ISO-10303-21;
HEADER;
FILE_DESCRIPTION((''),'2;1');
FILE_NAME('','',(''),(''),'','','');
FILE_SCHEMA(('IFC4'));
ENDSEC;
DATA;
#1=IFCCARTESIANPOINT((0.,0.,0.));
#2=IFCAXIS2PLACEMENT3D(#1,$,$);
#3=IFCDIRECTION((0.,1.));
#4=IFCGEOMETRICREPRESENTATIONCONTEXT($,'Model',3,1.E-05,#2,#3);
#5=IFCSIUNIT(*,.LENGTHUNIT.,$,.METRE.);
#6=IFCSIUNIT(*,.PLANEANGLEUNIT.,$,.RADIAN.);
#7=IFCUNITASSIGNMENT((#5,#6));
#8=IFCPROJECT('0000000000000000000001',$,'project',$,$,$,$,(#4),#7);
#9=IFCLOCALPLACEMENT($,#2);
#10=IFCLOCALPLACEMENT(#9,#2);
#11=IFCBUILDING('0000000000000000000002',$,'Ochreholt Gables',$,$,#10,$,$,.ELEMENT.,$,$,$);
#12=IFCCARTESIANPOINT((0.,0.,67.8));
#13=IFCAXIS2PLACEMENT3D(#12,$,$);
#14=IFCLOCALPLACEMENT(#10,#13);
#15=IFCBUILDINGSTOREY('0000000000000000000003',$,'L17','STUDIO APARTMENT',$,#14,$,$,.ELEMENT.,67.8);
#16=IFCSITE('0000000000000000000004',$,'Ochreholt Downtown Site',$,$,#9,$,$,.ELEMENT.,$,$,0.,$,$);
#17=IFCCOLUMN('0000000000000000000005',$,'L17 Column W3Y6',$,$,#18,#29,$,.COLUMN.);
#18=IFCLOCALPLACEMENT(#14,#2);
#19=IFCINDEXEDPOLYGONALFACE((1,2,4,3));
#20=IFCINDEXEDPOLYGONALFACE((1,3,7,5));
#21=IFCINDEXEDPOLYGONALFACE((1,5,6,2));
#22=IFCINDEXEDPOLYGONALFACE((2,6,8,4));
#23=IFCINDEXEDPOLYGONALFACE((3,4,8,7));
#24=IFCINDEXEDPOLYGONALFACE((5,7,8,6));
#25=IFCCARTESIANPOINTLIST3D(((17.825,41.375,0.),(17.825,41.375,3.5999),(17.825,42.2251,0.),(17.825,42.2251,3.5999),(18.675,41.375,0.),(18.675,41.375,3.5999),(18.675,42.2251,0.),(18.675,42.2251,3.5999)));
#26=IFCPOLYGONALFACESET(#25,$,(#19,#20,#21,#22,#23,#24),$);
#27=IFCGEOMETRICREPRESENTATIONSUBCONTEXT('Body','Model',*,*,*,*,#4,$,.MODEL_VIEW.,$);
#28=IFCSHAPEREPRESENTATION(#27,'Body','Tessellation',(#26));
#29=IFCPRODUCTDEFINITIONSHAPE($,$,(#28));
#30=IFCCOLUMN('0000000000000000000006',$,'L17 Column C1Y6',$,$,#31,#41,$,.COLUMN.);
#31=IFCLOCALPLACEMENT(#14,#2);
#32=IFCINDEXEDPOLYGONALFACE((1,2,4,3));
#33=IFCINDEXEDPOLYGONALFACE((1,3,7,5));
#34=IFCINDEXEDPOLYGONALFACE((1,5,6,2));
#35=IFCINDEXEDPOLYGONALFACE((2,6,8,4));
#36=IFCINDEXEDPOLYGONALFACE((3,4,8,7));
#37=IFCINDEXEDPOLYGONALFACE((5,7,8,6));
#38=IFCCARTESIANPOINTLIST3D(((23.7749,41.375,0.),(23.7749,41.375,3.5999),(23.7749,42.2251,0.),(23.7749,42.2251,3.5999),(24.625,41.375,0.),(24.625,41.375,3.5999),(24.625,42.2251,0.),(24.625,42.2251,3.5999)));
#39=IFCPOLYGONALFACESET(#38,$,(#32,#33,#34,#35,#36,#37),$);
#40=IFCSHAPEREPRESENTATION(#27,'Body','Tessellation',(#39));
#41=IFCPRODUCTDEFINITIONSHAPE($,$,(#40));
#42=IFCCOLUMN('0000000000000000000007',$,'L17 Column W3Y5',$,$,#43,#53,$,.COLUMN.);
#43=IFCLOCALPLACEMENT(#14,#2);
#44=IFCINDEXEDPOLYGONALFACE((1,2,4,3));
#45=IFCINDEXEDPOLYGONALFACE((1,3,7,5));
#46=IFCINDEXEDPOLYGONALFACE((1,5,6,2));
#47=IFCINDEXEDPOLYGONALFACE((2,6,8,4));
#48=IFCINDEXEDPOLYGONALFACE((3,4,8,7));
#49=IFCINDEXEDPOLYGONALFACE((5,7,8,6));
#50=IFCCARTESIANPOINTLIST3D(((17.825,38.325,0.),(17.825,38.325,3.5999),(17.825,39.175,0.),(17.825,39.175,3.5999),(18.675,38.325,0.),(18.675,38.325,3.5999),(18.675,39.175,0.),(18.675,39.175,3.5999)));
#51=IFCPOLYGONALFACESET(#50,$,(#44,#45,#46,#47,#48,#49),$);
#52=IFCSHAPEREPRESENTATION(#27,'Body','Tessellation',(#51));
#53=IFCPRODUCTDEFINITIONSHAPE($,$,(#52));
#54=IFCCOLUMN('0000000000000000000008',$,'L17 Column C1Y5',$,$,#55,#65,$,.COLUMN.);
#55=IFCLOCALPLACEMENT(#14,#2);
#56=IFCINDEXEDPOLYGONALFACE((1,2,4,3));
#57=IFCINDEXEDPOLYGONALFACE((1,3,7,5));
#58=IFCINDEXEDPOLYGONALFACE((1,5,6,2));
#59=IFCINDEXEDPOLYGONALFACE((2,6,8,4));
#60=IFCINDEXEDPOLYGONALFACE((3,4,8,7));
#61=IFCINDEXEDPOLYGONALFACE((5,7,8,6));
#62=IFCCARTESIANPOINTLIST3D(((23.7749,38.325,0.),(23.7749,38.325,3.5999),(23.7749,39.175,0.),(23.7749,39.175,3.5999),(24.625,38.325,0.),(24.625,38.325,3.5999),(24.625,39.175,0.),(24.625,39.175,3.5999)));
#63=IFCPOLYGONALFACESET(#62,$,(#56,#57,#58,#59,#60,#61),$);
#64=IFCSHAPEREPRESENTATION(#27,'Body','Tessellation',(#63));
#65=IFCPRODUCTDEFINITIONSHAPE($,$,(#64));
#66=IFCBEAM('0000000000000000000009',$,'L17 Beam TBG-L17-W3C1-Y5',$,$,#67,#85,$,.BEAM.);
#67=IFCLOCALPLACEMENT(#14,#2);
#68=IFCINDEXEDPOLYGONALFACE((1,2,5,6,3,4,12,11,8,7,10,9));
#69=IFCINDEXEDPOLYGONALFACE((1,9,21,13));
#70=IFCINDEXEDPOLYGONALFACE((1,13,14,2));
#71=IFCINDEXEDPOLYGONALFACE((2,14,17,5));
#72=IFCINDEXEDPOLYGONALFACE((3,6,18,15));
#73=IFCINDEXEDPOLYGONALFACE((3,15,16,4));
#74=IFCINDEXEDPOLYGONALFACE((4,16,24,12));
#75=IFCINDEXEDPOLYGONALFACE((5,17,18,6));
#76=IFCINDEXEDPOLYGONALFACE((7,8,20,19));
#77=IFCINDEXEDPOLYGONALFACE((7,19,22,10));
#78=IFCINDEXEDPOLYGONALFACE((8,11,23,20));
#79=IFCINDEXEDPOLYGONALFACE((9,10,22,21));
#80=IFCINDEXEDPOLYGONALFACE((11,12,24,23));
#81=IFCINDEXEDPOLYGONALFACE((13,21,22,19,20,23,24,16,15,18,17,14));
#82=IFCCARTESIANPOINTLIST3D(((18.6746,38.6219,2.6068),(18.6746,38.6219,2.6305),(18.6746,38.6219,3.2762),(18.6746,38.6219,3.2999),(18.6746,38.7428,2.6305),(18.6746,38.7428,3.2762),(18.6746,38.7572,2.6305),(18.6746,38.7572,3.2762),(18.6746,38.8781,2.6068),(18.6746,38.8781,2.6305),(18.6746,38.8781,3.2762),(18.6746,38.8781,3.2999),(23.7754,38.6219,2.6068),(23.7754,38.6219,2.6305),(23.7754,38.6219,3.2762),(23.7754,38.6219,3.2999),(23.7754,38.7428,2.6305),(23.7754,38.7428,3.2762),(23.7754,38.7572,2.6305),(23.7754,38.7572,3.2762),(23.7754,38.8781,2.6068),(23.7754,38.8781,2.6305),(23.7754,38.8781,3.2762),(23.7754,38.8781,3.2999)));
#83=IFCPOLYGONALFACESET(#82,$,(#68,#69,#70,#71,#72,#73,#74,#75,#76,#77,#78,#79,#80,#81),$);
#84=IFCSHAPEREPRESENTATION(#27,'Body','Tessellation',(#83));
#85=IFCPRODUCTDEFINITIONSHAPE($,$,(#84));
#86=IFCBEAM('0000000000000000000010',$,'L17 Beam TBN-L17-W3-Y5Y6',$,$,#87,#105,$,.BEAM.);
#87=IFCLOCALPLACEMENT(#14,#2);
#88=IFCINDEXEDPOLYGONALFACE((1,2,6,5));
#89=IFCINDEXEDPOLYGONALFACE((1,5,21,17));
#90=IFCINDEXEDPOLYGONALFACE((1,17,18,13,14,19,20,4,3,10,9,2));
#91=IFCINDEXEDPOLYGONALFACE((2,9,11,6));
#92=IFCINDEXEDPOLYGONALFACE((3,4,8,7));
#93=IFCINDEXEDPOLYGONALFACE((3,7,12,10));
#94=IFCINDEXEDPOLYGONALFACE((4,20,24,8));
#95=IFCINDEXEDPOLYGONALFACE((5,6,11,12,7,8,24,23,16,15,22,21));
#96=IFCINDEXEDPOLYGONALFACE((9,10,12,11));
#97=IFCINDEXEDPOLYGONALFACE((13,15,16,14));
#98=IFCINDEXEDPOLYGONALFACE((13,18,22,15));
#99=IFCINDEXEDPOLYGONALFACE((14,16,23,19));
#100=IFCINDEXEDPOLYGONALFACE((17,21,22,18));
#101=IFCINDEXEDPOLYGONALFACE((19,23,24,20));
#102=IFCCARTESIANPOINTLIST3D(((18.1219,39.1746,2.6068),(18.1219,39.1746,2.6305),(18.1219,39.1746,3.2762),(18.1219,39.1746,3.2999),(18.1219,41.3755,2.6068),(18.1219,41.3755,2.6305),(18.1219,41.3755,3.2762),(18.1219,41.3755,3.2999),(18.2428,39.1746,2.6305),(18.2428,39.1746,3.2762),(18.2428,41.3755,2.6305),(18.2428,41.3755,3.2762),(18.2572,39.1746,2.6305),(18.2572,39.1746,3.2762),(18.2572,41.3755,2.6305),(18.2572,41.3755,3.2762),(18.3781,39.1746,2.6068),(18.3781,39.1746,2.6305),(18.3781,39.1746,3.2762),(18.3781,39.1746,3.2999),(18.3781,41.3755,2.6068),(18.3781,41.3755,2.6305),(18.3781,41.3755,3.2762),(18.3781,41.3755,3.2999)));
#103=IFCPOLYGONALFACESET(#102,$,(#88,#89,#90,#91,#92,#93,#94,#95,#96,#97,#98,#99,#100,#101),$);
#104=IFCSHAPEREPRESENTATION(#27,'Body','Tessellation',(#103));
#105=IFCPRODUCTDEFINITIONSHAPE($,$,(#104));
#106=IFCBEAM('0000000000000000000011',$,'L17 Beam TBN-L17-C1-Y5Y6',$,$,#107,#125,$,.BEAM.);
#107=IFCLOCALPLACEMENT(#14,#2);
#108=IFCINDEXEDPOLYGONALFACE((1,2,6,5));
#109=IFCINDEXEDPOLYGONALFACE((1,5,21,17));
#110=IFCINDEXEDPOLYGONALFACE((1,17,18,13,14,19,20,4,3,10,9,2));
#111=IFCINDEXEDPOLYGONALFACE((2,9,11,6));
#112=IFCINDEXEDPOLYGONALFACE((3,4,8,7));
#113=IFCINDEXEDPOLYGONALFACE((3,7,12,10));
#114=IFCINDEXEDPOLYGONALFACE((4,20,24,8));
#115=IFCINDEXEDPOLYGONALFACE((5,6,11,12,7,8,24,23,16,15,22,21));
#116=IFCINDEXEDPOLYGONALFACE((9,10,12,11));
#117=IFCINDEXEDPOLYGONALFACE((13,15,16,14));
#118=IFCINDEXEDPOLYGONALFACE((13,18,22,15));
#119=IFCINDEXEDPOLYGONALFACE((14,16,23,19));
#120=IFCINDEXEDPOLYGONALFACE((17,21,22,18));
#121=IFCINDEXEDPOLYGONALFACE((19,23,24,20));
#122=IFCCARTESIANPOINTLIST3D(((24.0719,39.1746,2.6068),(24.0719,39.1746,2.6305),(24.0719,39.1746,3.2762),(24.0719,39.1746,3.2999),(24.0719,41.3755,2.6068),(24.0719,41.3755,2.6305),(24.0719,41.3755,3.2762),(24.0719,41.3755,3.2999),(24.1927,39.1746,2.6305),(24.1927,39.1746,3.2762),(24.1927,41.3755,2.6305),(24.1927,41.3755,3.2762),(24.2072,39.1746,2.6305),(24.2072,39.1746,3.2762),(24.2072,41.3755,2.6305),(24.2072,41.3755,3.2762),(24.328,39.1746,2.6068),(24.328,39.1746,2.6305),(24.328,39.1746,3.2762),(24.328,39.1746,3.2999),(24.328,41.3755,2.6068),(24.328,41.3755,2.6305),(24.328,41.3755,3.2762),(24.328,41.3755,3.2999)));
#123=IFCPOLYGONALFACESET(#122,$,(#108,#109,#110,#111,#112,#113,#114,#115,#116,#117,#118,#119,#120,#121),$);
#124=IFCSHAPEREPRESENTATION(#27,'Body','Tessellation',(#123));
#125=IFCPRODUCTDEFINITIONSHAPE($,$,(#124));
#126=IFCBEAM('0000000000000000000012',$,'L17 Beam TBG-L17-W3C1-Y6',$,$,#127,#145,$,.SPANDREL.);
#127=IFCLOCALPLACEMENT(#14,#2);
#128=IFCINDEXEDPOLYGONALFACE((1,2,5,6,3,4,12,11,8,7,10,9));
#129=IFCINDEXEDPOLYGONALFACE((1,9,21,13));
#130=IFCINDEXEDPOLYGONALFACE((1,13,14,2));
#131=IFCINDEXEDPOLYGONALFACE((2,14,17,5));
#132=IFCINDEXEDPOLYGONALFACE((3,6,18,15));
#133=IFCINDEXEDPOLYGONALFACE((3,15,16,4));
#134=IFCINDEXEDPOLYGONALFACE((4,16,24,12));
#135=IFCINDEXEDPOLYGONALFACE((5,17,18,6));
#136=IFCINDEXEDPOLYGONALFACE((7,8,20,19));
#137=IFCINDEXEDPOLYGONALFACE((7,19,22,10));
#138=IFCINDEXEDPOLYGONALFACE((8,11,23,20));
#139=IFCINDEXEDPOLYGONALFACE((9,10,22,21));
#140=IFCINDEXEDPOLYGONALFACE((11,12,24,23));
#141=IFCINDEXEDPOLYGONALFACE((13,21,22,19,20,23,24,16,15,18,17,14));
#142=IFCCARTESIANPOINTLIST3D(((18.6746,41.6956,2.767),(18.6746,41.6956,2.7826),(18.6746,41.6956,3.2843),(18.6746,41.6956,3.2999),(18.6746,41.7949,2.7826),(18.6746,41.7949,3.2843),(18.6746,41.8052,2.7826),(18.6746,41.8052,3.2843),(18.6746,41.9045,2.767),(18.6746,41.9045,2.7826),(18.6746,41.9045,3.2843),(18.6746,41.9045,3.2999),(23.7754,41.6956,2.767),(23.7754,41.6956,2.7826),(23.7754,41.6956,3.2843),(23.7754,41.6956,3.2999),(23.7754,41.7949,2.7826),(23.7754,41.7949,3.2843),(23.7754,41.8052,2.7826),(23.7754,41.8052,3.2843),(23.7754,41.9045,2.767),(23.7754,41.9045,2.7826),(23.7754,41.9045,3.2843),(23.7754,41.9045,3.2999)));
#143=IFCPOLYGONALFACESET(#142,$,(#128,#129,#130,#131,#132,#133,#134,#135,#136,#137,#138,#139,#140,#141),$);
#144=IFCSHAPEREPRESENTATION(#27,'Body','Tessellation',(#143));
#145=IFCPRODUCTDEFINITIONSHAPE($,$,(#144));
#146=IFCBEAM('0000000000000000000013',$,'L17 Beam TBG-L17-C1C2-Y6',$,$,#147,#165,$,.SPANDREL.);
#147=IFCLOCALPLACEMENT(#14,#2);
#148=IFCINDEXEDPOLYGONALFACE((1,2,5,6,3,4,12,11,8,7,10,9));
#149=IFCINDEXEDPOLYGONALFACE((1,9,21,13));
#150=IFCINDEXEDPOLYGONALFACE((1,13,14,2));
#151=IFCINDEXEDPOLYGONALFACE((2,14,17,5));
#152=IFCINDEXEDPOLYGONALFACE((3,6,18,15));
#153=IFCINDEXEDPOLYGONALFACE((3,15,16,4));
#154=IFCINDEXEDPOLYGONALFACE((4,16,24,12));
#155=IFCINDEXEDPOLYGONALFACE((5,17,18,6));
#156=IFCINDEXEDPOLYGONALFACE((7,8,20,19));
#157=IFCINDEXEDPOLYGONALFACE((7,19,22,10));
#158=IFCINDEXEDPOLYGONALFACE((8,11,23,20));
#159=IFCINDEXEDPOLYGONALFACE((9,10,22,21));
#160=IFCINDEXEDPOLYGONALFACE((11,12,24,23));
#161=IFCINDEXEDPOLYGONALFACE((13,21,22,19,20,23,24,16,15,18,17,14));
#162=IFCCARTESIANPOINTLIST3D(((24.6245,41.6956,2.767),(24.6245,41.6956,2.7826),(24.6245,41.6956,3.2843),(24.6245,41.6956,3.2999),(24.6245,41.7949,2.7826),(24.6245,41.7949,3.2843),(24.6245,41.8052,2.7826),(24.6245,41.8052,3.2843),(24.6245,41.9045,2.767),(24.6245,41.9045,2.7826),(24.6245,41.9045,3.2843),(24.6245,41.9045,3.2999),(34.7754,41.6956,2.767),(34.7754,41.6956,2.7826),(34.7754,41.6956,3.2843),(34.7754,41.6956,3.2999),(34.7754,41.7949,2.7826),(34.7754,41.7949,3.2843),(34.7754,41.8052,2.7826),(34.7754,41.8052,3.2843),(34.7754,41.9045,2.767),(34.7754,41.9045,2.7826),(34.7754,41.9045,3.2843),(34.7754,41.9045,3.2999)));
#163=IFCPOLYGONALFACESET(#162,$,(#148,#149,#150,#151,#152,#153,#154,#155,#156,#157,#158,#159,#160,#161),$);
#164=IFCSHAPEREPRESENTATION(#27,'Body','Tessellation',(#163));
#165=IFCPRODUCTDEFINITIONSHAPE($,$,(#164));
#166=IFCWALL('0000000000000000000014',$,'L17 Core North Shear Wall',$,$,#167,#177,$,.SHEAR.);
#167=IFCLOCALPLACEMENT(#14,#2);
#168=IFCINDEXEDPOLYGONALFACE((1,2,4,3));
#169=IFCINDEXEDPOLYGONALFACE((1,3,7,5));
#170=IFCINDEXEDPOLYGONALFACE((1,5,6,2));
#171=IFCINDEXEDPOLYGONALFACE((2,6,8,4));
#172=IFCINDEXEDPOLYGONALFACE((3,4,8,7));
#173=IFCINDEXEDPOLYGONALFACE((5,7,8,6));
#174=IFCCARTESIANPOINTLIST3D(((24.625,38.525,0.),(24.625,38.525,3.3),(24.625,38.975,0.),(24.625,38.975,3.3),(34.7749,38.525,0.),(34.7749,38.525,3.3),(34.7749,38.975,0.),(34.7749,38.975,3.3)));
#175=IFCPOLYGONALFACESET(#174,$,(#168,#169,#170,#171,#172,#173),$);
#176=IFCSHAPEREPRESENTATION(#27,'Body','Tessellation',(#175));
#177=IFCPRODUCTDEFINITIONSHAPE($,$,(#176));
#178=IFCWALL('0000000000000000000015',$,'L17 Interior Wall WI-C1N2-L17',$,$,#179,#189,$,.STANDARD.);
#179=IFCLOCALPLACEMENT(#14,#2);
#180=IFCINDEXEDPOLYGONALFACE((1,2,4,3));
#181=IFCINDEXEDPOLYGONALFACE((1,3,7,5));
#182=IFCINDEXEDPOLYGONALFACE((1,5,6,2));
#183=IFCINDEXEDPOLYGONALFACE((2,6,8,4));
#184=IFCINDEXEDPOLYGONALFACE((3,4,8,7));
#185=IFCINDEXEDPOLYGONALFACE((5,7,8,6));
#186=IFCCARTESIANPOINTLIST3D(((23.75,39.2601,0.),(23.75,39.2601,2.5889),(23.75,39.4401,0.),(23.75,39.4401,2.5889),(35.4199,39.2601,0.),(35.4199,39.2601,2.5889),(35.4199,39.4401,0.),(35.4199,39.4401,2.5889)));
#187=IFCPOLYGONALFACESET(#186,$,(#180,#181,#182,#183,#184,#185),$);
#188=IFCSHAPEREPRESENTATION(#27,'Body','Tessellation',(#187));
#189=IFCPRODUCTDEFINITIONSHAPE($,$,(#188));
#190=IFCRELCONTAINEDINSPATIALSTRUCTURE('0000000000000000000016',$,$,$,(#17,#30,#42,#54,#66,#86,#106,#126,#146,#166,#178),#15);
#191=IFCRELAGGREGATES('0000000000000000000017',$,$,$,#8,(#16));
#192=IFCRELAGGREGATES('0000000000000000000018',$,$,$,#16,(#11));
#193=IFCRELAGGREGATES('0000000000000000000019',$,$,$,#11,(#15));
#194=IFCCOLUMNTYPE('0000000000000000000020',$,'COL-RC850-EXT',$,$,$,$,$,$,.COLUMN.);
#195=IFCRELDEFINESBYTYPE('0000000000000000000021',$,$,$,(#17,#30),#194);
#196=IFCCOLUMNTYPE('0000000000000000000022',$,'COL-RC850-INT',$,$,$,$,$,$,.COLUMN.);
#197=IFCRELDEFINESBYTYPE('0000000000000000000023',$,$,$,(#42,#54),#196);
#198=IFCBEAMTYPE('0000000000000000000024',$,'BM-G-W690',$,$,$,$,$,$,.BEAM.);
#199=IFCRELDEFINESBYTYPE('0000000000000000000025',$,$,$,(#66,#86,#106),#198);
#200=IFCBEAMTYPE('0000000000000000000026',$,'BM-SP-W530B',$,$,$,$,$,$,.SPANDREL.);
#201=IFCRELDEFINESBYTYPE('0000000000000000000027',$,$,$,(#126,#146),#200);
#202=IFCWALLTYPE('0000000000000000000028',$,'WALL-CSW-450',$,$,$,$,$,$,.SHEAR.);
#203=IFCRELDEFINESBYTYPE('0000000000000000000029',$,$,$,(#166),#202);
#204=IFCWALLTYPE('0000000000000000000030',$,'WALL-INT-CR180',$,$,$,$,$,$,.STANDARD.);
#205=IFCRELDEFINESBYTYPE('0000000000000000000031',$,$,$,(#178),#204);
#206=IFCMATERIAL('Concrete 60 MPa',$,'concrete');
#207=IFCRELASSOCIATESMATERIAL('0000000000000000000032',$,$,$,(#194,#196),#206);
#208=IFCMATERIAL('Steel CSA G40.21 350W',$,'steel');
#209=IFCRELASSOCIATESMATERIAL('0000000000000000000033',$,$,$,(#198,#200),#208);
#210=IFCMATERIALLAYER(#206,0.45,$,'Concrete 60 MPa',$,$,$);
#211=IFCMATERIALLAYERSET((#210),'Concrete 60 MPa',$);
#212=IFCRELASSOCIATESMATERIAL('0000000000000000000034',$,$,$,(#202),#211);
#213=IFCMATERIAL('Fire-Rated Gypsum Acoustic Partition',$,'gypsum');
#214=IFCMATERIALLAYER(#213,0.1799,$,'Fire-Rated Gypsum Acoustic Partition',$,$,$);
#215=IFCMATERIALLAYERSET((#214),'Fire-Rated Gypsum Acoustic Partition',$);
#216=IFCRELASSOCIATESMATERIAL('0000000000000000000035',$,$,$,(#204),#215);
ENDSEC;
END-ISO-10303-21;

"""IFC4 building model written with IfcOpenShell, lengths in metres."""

from ifc_helpers import new_model, si_unit, direction, frame, frame_2d, origin, origin_2d, place, context, subcontext, project, spatial, rectangle, i_section, extrude, material, layer, layer_set, material_profile, profile_set, type_object, element, save


model = new_model("IFC4")

# Units and contexts
model_context = context("Model", 3, precision=1e-05, world=origin(), true_north=direction((0.0, 1.0)))
body_context = subcontext(model_context, "Body", "Model", "MODEL_VIEW")
ifc_project = project(units=[si_unit("LENGTHUNIT", "METRE"), si_unit("PLANEANGLEUNIT", "RADIAN")], contexts=[model_context])

# Site, building, storey
site_placement = place(None, origin())
site = spatial("IfcSite", under=ifc_project, at=site_placement, Name="Ochreholt Downtown Site", CompositionType="ELEMENT", RefElevation=0.0)
building_placement = place(site_placement, origin())
building = spatial("IfcBuilding", under=site, at=building_placement, Name="Ochreholt Gables", CompositionType="ELEMENT")
storey_placement = place(building_placement, frame((0.0, 0.0, 67.8)))
storey = spatial("IfcBuildingStorey", under=building, at=storey_placement, Name="L17", Description="STUDIO APARTMENT", CompositionType="ELEMENT", Elevation=67.8)

# Columns
ifc_material_1 = material(Name="Concrete 60 MPa", Category="concrete")
ifc_material_profile_1 = material_profile(ifc_material_1, rectangle(XDim=0.8501, YDim=0.8501, at=origin_2d()), Name="RC850X850")
ifc_profile_set_1 = profile_set([ifc_material_profile_1], Name="Concrete 60 MPa")
column_type_1 = type_object("IfcColumnType", Name="COL-RC850-EXT", PredefinedType="COLUMN", material=ifc_profile_set_1)
for number, where, z_axis, x_axis, name in (
    (1, (18.25, 41.8, 0.0), (0.0, 0.0, 1.0), (1.0, 0.0, 0.0), "L17 Column W3Y6"),
    (2, (24.2, 41.8, 0.0), (0.0, 0.0, 1.0), (1.0, 0.0, 0.0), "L17 Column C1Y6"),
):
    element("IfcColumn", number, at=place(storey_placement, frame(where, z_axis=z_axis, x_axis=x_axis)), inside=storey, type_object=column_type_1, Name=name, PredefinedType="COLUMN", context=body_context, shape_type="SweptSolid", body=[
        extrude(rectangle(XDim=0.8501, YDim=0.8501, at=origin_2d()), origin(), (0.0, 0.0, 1.0), 3.5999),
    ])
ifc_material_profile_2 = material_profile(ifc_material_1, rectangle(XDim=0.8501, YDim=0.8501, at=origin_2d()), Name="RC850X850")
ifc_profile_set_2 = profile_set([ifc_material_profile_2], Name="Concrete 60 MPa")
column_type_2 = type_object("IfcColumnType", Name="COL-RC850-INT", PredefinedType="COLUMN", material=ifc_profile_set_2)
for number, where, z_axis, x_axis, name in (
    (3, (18.25, 38.75, 0.0), (0.0, 0.0, 1.0), (1.0, 0.0, 0.0), "L17 Column W3Y5"),
    (4, (24.2, 38.75, 0.0), (0.0, 0.0, 1.0), (1.0, 0.0, 0.0), "L17 Column C1Y5"),
):
    element("IfcColumn", number, at=place(storey_placement, frame(where, z_axis=z_axis, x_axis=x_axis)), inside=storey, type_object=column_type_2, Name=name, PredefinedType="COLUMN", context=body_context, shape_type="SweptSolid", body=[
        extrude(rectangle(XDim=0.8501, YDim=0.8501, at=origin_2d()), origin(), (0.0, 0.0, 1.0), 3.5999),
    ])

# Beams
ifc_material_2 = material(Name="Steel CSA G40.21 350W", Category="steel")
ifc_material_profile_3 = material_profile(ifc_material_2, i_section(OverallWidth=0.2561, OverallDepth=0.6931, WebThickness=0.0144, FlangeThickness=0.0237, at=origin_2d()), Name="W690X170")
ifc_profile_set_3 = profile_set([ifc_material_profile_3], Name="Steel CSA G40.21 350W")
beam_type_1 = type_object("IfcBeamType", Name="BM-G-W690", PredefinedType="BEAM", material=ifc_profile_set_3)
beam_1_placement = place(storey_placement, frame((18.6746, 38.75, 2.9534), z_axis=(1.0, 0.0, 0.0), x_axis=(0.0, 1.0, 0.0)))
element("IfcBeam", 5, at=beam_1_placement, inside=storey, type_object=beam_type_1, Name="L17 Beam TBG-L17-W3C1-Y5", PredefinedType="BEAM", context=body_context, shape_type="SweptSolid", body=[
    extrude(i_section(OverallWidth=0.2561, OverallDepth=0.6931, WebThickness=0.0144, FlangeThickness=0.0237, at=origin_2d()), origin(), (0.0, 0.0, 1.0), 5.1008),
])
for number, where, z_axis, x_axis, name in (
    (6, (18.25, 39.1746, 2.9534), (0.0, 1.0, 0.0), (-1.0, 0.0, 0.0), "L17 Beam TBN-L17-W3-Y5Y6"),
    (7, (24.2, 39.1746, 2.9534), (0.0, 1.0, 0.0), (-1.0, 0.0, 0.0), "L17 Beam TBN-L17-C1-Y5Y6"),
):
    element("IfcBeam", number, at=place(storey_placement, frame(where, z_axis=z_axis, x_axis=x_axis)), inside=storey, type_object=beam_type_1, Name=name, PredefinedType="BEAM", context=body_context, shape_type="SweptSolid", body=[
        extrude(i_section(OverallWidth=0.2561, OverallDepth=0.6931, WebThickness=0.0144, FlangeThickness=0.0237, at=origin_2d()), origin(), (0.0, 0.0, 1.0), 2.2009),
    ])
ifc_material_profile_4 = material_profile(ifc_material_2, i_section(OverallWidth=0.209, OverallDepth=0.533, WebThickness=0.0103, FlangeThickness=0.0156, at=origin_2d()), Name="W530X92")
ifc_profile_set_4 = profile_set([ifc_material_profile_4], Name="Steel CSA G40.21 350W")
beam_type_2 = type_object("IfcBeamType", Name="BM-SP-W530B", PredefinedType="SPANDREL", material=ifc_profile_set_4)
beam_2_placement = place(storey_placement, frame((18.6746, 41.8, 3.0334), z_axis=(1.0, 0.0, 0.0), x_axis=(0.0, 1.0, 0.0)))
element("IfcBeam", 8, at=beam_2_placement, inside=storey, type_object=beam_type_2, Name="L17 Beam TBG-L17-W3C1-Y6", PredefinedType="SPANDREL", context=body_context, shape_type="SweptSolid", body=[
    extrude(i_section(OverallWidth=0.209, OverallDepth=0.533, WebThickness=0.0103, FlangeThickness=0.0156, at=origin_2d()), origin(), (0.0, 0.0, 1.0), 5.1008),
])
beam_3_placement = place(storey_placement, frame((24.6245, 41.8, 3.0334), z_axis=(1.0, 0.0, 0.0), x_axis=(0.0, 1.0, 0.0)))
element("IfcBeam", 9, at=beam_3_placement, inside=storey, type_object=beam_type_2, Name="L17 Beam TBG-L17-C1C2-Y6", PredefinedType="SPANDREL", context=body_context, shape_type="SweptSolid", body=[
    extrude(i_section(OverallWidth=0.209, OverallDepth=0.533, WebThickness=0.0103, FlangeThickness=0.0156, at=origin_2d()), origin(), (0.0, 0.0, 1.0), 10.1509),
])

# Walls
ifc_layer_1 = layer(ifc_material_1, 0.45, Name="Concrete 60 MPa")
ifc_layer_set_1 = layer_set([ifc_layer_1], Name="Concrete 60 MPa")
wall_type_1 = type_object("IfcWallType", Name="WALL-CSW-450", PredefinedType="SHEAR", material=ifc_layer_set_1)
wall_1_placement = place(storey_placement, frame((24.625, 38.75, 0.0), z_axis=(0.0, 0.0, 1.0), x_axis=(1.0, 0.0, 0.0)))
element("IfcWall", 10, at=wall_1_placement, inside=storey, type_object=wall_type_1, Name="L17 Core North Shear Wall", PredefinedType="SHEAR", context=body_context, shape_type="SweptSolid", body=[
    extrude(rectangle(XDim=10.1499, YDim=0.45, at=frame_2d((5.075, 0.0))), origin(), (0.0, 0.0, 1.0), 3.3),
])
ifc_material_3 = material(Name="Fire-Rated Gypsum Acoustic Partition", Category="gypsum")
ifc_layer_2 = layer(ifc_material_3, 0.1799, Name="Fire-Rated Gypsum Acoustic Partition")
ifc_layer_set_2 = layer_set([ifc_layer_2], Name="Fire-Rated Gypsum Acoustic Partition")
wall_type_2 = type_object("IfcWallType", Name="WALL-INT-CR180", PredefinedType="STANDARD", material=ifc_layer_set_2)
wall_2_placement = place(storey_placement, frame((23.75, 39.3501, 0.0), z_axis=(0.0, 0.0, 1.0), x_axis=(1.0, 0.0, 0.0)))
element("IfcWall", 11, at=wall_2_placement, inside=storey, type_object=wall_type_2, Name="L17 Interior Wall WI-C1N2-L17", PredefinedType="STANDARD", context=body_context, shape_type="SweptSolid", body=[
    extrude(rectangle(XDim=11.6699, YDim=0.1799, at=frame_2d((5.835, 0.0))), origin(), (0.0, 0.0, 1.0), 2.5889),
])

save(model, "model.ifc")
